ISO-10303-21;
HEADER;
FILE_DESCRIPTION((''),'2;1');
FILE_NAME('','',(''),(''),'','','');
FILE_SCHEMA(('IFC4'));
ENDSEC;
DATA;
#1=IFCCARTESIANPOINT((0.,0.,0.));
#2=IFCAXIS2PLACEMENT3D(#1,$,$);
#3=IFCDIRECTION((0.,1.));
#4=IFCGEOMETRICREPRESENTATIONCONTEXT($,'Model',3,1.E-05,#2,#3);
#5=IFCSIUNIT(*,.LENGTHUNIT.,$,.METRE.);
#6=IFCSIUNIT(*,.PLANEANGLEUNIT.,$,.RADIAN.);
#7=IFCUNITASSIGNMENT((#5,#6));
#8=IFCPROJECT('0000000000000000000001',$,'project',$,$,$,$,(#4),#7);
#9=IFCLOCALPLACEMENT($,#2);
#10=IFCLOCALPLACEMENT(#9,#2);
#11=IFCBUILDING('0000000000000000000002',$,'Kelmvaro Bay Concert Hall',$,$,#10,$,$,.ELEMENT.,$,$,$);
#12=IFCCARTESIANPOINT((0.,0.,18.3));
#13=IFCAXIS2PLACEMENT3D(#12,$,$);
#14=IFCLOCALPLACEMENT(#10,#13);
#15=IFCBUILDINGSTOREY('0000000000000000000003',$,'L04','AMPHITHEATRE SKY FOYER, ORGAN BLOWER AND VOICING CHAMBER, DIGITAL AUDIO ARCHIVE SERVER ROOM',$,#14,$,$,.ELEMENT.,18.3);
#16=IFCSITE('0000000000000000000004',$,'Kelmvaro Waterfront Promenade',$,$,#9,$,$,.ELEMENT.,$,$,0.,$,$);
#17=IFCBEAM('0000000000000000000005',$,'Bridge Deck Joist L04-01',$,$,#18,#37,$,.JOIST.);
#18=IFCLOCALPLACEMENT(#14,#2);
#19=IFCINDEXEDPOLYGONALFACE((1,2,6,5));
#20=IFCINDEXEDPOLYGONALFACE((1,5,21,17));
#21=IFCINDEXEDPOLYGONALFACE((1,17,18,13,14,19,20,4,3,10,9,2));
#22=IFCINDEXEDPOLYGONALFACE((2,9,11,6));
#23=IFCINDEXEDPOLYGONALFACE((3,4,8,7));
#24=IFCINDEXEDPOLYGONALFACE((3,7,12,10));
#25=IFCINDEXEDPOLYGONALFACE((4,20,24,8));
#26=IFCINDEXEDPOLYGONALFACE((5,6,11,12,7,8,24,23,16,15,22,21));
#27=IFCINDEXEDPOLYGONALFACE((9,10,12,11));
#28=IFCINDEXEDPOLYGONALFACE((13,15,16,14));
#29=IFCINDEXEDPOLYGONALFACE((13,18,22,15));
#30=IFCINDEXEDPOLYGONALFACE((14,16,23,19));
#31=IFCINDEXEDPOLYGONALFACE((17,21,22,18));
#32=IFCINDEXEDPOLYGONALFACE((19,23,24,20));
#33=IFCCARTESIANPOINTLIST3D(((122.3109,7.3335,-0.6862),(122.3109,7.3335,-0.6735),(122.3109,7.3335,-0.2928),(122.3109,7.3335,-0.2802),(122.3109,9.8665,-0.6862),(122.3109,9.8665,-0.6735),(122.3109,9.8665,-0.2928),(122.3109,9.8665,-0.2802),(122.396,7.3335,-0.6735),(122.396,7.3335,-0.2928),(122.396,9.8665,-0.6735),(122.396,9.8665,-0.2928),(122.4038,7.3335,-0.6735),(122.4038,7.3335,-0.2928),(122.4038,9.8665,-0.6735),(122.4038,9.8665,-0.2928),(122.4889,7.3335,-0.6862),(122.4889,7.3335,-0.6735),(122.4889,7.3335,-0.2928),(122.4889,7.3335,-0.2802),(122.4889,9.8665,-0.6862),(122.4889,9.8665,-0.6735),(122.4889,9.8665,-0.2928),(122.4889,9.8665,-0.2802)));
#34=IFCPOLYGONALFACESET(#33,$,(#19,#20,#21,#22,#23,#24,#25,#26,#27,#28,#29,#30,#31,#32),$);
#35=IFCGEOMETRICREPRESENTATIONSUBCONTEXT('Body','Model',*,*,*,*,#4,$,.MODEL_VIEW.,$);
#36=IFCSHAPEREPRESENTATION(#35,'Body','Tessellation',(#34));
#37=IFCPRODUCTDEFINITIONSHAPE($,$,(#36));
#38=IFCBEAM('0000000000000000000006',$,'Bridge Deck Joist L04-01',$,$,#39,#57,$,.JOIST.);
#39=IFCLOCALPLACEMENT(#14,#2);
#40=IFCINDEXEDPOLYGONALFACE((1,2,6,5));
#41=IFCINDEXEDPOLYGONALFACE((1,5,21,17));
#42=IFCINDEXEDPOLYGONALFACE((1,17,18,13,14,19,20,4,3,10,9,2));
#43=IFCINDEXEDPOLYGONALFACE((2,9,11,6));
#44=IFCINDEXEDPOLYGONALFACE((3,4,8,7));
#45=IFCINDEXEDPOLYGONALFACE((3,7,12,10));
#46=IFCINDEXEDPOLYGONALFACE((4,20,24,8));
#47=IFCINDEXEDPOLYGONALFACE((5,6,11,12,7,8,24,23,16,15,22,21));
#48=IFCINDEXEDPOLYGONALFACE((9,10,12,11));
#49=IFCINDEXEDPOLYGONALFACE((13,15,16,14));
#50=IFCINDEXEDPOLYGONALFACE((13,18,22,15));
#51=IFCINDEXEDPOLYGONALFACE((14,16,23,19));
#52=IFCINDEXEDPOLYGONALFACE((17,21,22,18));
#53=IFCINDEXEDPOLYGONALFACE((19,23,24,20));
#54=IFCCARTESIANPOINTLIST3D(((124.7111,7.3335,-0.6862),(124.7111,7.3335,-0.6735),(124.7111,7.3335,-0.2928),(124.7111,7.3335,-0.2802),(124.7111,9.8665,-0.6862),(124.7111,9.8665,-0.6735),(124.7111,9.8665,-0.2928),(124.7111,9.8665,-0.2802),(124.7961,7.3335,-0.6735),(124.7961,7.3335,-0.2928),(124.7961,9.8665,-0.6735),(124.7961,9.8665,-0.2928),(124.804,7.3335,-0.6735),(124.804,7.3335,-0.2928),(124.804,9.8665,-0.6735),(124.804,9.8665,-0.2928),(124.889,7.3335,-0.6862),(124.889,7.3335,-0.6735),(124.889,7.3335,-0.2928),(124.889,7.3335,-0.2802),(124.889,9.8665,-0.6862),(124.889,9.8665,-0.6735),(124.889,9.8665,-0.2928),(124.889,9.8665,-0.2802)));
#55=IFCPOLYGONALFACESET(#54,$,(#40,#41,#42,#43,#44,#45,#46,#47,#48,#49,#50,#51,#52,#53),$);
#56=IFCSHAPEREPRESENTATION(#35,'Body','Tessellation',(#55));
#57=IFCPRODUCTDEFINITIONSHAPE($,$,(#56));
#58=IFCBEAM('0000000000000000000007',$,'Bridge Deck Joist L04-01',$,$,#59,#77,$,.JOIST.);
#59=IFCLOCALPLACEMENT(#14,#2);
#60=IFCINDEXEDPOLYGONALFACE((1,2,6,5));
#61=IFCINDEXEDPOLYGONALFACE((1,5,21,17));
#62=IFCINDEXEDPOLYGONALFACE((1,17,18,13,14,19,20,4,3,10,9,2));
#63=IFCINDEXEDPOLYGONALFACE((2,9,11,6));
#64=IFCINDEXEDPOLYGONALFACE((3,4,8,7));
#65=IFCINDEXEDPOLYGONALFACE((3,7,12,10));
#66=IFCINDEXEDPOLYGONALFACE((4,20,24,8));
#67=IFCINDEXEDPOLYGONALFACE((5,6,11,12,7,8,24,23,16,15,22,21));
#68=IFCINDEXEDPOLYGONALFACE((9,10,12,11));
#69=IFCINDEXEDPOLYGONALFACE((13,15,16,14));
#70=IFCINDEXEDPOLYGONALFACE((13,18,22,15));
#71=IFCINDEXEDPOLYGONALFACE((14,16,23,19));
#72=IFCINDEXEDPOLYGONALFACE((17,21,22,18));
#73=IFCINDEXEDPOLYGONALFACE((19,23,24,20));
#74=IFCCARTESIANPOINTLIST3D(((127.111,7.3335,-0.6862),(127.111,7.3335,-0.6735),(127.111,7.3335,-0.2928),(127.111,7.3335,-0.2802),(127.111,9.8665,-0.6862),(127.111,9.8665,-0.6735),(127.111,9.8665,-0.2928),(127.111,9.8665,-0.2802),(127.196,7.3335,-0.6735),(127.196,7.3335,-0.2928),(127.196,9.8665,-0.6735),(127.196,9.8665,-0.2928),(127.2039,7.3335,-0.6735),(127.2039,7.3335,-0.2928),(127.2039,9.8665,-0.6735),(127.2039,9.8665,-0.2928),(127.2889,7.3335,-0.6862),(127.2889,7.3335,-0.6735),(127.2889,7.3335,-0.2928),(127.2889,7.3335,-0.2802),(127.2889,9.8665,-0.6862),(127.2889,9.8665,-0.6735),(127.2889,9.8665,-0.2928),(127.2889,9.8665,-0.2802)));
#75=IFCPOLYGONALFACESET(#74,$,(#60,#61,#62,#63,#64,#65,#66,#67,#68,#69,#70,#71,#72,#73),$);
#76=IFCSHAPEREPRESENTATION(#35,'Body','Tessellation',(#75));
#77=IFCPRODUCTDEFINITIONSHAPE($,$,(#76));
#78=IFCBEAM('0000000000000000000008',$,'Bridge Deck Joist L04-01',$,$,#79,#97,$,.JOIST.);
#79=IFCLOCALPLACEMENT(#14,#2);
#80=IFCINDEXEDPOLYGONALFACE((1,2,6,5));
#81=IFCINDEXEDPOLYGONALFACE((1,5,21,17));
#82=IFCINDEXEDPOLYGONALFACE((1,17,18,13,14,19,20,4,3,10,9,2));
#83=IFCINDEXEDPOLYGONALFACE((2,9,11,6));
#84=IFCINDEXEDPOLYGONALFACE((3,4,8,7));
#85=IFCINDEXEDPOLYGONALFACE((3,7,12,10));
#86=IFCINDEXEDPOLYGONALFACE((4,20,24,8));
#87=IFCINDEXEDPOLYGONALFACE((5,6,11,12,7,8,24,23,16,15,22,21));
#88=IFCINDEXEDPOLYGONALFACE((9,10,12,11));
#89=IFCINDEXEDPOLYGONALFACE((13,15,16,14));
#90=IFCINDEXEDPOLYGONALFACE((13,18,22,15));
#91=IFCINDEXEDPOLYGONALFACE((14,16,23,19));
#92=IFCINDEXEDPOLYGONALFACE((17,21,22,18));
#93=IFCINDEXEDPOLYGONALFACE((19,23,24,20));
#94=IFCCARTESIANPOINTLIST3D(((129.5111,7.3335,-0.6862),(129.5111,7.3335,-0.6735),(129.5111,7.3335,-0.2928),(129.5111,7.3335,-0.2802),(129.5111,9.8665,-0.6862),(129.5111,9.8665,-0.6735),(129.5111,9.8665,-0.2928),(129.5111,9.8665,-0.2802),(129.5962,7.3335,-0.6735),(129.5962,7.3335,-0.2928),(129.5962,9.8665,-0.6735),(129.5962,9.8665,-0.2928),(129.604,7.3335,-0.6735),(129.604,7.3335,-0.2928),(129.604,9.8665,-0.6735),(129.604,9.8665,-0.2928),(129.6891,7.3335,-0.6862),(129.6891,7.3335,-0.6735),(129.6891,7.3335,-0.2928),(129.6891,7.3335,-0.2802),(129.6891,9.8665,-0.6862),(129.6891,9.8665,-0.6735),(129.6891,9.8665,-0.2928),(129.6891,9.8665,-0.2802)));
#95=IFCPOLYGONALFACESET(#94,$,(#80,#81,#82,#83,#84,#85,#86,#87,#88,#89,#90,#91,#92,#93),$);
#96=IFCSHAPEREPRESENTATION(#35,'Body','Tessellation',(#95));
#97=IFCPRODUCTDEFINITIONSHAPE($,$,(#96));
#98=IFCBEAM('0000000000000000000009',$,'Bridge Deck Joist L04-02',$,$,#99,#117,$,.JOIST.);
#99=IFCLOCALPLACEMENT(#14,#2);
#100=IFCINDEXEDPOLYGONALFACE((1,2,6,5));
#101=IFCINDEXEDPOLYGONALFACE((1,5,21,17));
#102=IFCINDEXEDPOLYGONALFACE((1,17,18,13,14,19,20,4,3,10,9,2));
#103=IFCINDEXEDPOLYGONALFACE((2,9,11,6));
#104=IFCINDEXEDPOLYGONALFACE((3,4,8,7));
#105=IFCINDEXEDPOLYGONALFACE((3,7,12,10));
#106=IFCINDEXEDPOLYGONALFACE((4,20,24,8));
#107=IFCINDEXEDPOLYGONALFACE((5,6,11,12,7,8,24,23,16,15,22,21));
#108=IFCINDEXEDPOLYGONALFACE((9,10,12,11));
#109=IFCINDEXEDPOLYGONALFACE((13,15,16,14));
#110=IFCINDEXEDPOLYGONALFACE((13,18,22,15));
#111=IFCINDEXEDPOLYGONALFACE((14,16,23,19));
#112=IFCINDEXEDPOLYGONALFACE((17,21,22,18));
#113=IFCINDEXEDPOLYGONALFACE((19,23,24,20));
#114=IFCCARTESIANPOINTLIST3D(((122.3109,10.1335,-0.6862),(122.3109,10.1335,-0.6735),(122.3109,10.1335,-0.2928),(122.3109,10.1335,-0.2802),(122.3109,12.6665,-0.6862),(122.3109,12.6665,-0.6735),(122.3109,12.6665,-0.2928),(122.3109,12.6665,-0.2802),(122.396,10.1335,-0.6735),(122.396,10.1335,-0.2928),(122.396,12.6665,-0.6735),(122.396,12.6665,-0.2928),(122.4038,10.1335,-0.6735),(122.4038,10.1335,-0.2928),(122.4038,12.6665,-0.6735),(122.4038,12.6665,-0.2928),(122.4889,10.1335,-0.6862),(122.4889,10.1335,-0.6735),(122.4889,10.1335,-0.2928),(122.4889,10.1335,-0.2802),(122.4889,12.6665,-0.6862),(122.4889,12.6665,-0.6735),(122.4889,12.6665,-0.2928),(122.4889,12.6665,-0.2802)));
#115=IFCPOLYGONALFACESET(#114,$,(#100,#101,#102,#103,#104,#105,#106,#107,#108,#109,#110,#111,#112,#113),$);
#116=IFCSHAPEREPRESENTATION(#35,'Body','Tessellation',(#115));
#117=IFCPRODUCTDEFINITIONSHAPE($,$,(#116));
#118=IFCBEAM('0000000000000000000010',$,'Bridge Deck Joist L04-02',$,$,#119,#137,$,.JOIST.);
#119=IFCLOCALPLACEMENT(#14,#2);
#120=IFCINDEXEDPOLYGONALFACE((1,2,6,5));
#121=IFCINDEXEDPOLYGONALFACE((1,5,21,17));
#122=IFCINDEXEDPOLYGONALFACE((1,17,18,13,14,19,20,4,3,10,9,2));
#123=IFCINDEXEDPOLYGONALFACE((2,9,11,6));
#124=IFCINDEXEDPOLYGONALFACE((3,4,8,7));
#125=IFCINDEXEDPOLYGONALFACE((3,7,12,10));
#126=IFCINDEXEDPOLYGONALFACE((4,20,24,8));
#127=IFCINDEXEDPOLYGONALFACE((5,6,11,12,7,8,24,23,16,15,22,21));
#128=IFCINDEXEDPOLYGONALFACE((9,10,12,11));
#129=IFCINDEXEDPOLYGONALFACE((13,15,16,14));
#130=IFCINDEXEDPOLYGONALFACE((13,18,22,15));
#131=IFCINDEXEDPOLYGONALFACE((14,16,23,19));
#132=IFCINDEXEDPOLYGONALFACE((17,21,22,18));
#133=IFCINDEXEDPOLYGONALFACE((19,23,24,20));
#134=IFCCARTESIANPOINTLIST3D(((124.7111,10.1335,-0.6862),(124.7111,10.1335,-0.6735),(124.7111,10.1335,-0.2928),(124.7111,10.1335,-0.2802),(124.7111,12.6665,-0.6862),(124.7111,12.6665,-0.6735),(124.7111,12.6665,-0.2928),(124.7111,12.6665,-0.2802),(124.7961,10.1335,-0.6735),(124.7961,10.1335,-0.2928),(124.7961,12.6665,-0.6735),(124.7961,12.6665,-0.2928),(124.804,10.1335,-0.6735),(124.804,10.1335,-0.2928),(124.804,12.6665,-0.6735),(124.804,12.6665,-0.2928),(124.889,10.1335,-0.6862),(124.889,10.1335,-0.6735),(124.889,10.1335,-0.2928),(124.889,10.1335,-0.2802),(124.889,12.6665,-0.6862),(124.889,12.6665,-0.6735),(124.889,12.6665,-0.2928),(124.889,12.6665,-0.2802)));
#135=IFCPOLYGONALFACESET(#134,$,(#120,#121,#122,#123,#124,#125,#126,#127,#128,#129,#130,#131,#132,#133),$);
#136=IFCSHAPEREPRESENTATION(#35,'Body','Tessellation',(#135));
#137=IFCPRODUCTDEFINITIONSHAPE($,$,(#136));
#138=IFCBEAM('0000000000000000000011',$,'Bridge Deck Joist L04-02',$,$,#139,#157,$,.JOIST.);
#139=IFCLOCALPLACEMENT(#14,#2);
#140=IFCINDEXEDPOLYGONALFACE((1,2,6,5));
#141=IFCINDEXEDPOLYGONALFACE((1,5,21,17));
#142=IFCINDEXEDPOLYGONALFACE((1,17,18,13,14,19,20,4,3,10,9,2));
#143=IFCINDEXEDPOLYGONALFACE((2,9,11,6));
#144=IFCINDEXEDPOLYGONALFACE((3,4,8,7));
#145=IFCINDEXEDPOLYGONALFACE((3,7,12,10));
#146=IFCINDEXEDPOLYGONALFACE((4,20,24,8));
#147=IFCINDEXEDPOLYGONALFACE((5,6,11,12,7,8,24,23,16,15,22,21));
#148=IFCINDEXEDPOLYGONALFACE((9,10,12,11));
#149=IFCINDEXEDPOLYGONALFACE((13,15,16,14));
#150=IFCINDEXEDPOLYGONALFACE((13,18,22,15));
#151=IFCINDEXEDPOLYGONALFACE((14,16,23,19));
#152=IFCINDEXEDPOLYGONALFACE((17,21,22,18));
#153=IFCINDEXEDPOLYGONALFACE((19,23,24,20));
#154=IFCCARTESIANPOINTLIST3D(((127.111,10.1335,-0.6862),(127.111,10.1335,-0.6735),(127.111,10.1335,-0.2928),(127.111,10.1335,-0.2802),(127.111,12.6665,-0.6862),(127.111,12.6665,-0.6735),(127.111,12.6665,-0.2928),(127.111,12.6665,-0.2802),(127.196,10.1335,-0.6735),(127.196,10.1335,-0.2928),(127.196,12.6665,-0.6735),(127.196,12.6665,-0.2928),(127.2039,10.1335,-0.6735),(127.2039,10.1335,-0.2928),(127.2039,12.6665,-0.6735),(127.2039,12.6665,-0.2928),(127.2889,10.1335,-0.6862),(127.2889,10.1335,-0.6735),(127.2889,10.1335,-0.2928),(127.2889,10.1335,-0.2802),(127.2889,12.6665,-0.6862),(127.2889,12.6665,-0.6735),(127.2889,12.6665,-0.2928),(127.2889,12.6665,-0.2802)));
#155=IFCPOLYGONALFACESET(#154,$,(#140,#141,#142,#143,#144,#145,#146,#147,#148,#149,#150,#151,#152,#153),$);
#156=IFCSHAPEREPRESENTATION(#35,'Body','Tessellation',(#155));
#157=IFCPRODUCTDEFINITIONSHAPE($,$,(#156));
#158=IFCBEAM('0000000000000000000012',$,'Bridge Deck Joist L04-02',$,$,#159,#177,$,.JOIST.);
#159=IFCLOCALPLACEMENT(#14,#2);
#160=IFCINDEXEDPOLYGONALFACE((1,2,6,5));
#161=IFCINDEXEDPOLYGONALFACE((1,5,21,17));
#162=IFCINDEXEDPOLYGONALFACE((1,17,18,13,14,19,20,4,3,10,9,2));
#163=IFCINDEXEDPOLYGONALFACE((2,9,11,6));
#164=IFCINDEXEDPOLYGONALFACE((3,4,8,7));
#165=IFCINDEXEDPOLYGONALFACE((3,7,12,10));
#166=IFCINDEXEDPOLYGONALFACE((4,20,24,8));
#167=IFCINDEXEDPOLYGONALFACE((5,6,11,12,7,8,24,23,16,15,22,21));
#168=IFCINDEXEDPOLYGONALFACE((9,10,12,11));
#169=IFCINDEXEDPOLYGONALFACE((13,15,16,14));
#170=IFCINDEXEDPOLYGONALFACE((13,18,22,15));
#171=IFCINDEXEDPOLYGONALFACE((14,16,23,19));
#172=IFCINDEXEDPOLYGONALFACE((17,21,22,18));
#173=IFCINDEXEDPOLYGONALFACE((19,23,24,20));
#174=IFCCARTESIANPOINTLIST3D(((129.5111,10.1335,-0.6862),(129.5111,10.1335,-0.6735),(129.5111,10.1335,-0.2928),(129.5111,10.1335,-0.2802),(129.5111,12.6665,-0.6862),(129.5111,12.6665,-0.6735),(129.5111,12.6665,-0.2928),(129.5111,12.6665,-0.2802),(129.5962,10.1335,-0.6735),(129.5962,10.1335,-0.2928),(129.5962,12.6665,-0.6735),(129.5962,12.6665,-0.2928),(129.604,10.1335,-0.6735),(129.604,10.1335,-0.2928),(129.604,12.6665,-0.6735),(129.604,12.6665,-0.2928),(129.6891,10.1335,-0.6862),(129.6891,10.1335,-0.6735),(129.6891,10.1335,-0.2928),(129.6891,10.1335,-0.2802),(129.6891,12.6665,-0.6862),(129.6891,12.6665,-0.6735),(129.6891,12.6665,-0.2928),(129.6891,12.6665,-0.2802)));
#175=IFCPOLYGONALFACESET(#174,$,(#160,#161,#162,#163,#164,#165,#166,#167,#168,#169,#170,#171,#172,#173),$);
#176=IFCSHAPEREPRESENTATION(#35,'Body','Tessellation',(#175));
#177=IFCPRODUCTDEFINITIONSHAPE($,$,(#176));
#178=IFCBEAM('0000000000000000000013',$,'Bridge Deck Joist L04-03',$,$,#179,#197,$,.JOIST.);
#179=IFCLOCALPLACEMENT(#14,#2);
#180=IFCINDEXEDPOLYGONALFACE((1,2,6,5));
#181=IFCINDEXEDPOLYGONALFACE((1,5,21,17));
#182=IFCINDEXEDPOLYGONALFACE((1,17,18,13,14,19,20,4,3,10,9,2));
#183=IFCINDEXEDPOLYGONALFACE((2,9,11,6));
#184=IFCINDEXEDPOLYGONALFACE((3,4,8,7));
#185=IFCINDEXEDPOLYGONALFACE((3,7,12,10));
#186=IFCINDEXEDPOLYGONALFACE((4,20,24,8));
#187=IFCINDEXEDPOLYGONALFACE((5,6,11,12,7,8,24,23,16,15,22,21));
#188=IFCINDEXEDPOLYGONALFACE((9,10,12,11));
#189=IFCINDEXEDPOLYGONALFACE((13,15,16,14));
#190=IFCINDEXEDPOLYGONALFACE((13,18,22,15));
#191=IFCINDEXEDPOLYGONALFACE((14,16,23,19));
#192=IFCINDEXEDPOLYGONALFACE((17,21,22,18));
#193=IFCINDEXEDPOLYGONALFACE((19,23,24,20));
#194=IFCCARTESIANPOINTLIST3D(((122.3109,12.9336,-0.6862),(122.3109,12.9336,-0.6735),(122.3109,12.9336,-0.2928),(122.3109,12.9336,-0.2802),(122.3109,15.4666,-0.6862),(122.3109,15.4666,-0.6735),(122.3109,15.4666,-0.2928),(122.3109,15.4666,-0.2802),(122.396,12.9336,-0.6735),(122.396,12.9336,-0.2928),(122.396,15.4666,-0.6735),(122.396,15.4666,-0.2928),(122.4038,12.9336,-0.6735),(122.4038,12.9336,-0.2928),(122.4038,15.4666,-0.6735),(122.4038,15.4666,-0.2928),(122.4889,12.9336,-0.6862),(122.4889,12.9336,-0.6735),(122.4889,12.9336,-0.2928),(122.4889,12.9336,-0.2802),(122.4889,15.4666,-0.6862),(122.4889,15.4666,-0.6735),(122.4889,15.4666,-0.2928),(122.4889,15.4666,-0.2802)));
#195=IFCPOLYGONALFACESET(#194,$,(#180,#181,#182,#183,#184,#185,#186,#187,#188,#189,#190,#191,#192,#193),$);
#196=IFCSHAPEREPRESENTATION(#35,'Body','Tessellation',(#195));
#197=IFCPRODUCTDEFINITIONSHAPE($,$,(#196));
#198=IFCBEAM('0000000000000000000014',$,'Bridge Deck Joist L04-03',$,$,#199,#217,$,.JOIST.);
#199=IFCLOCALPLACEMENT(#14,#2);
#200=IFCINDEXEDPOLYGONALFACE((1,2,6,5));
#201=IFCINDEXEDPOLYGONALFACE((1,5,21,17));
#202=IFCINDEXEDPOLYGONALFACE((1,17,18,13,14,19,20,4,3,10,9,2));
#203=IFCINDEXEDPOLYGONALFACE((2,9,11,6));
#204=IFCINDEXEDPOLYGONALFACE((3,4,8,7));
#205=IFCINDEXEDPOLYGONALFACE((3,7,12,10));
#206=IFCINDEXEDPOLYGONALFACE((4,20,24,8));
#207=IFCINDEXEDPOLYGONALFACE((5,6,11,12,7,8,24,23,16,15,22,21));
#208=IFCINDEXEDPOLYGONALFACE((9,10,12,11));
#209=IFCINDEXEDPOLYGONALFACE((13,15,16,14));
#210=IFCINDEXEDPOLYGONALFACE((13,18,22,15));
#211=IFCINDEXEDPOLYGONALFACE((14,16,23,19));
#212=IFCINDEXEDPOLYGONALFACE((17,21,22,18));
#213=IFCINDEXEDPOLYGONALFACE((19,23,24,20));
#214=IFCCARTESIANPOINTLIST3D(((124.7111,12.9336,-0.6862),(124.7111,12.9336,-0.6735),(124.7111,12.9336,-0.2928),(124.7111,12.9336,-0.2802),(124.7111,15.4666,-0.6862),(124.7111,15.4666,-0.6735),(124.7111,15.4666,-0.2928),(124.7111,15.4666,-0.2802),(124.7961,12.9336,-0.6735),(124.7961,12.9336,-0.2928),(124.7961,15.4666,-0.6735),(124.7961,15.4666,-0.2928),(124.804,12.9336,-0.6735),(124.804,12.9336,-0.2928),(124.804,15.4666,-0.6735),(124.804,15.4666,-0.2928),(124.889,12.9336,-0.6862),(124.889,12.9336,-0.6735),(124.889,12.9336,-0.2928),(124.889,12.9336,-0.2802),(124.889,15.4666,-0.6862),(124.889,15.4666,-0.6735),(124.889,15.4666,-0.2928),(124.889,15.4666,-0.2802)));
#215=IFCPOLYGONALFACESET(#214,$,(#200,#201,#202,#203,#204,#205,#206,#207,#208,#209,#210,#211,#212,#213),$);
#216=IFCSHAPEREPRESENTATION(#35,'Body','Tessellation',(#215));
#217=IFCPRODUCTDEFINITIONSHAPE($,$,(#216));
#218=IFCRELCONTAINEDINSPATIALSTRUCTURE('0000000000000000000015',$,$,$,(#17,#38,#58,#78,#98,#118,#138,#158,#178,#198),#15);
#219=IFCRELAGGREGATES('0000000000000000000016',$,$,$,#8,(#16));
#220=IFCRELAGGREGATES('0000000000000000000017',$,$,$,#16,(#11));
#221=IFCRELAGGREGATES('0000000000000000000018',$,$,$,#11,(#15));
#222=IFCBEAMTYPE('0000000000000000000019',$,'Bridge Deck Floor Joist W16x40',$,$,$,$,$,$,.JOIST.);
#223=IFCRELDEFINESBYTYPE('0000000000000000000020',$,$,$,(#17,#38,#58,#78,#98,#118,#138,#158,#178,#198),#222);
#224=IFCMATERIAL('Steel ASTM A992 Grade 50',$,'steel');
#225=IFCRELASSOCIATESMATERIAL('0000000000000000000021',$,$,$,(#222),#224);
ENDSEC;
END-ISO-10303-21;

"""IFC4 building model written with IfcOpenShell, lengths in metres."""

from ifc_helpers import new_model, si_unit, direction, frame, origin, origin_2d, place, context, subcontext, project, spatial, i_section, extrude, material, material_profile, profile_set, type_object, element, save


model = new_model("IFC4")

# Units and contexts
model_context = context("Model", 3, precision=1e-05, world=origin(), true_north=direction((0.0, 1.0)))
body_context = subcontext(model_context, "Body", "Model", "MODEL_VIEW")
ifc_project = project(units=[si_unit("LENGTHUNIT", "METRE"), si_unit("PLANEANGLEUNIT", "RADIAN")], contexts=[model_context])

# Site, building, storey
site_placement = place(None, origin())
site = spatial("IfcSite", under=ifc_project, at=site_placement, Name="Kelmvaro Waterfront Promenade", CompositionType="ELEMENT", RefElevation=0.0)
building_placement = place(site_placement, origin())
building = spatial("IfcBuilding", under=site, at=building_placement, Name="Kelmvaro Bay Concert Hall", CompositionType="ELEMENT")
storey_placement = place(building_placement, frame((0.0, 0.0, 18.3)))
storey = spatial("IfcBuildingStorey", under=building, at=storey_placement, Name="L04", Description="AMPHITHEATRE SKY FOYER, ORGAN BLOWER AND VOICING CHAMBER, DIGITAL AUDIO ARCHIVE SERVER ROOM", CompositionType="ELEMENT", Elevation=18.3)

# Beams
ifc_material_1 = material(Name="Steel ASTM A992 Grade 50", Category="steel")
ifc_material_profile_1 = material_profile(ifc_material_1, i_section(OverallWidth=0.178, OverallDepth=0.406, WebThickness=0.0078, FlangeThickness=0.0127, at=origin_2d()), Name="W16X40")
ifc_profile_set_1 = profile_set([ifc_material_profile_1], Name="Steel ASTM A992 Grade 50")
beam_type_1 = type_object("IfcBeamType", Name="Bridge Deck Floor Joist W16x40", PredefinedType="JOIST", material=ifc_profile_set_1)
for number, where, z_axis, x_axis, name in (
    (1, (122.3999, 7.3335, -0.4832), (0.0, 1.0, 0.0), (-1.0, 0.0, 0.0), "Bridge Deck Joist L04-01"),
    (2, (124.8, 7.3335, -0.4832), (0.0, 1.0, 0.0), (-1.0, 0.0, 0.0), "Bridge Deck Joist L04-01"),
    (3, (127.2, 7.3335, -0.4832), (0.0, 1.0, 0.0), (-1.0, 0.0, 0.0), "Bridge Deck Joist L04-01"),
    (4, (129.6001, 7.3335, -0.4832), (0.0, 1.0, 0.0), (-1.0, 0.0, 0.0), "Bridge Deck Joist L04-01"),
    (5, (122.3999, 10.1335, -0.4832), (0.0, 1.0, 0.0), (-1.0, 0.0, 0.0), "Bridge Deck Joist L04-02"),
    (6, (124.8, 10.1335, -0.4832), (0.0, 1.0, 0.0), (-1.0, 0.0, 0.0), "Bridge Deck Joist L04-02"),
    (7, (127.2, 10.1335, -0.4832), (0.0, 1.0, 0.0), (-1.0, 0.0, 0.0), "Bridge Deck Joist L04-02"),
    (8, (129.6001, 10.1335, -0.4832), (0.0, 1.0, 0.0), (-1.0, 0.0, 0.0), "Bridge Deck Joist L04-02"),
    (9, (122.3999, 12.9336, -0.4832), (0.0, 1.0, 0.0), (-1.0, 0.0, 0.0), "Bridge Deck Joist L04-03"),
    (10, (124.8, 12.9336, -0.4832), (0.0, 1.0, 0.0), (-1.0, 0.0, 0.0), "Bridge Deck Joist L04-03"),
):
    element("IfcBeam", number, at=place(storey_placement, frame(where, z_axis=z_axis, x_axis=x_axis)), inside=storey, type_object=beam_type_1, Name=name, PredefinedType="JOIST", context=body_context, shape_type="SweptSolid", body=[
        extrude(i_section(OverallWidth=0.178, OverallDepth=0.406, WebThickness=0.0078, FlangeThickness=0.0127, at=origin_2d()), origin(), (0.0, 0.0, 1.0), 2.533),
    ])

save(model, "model.ifc")
